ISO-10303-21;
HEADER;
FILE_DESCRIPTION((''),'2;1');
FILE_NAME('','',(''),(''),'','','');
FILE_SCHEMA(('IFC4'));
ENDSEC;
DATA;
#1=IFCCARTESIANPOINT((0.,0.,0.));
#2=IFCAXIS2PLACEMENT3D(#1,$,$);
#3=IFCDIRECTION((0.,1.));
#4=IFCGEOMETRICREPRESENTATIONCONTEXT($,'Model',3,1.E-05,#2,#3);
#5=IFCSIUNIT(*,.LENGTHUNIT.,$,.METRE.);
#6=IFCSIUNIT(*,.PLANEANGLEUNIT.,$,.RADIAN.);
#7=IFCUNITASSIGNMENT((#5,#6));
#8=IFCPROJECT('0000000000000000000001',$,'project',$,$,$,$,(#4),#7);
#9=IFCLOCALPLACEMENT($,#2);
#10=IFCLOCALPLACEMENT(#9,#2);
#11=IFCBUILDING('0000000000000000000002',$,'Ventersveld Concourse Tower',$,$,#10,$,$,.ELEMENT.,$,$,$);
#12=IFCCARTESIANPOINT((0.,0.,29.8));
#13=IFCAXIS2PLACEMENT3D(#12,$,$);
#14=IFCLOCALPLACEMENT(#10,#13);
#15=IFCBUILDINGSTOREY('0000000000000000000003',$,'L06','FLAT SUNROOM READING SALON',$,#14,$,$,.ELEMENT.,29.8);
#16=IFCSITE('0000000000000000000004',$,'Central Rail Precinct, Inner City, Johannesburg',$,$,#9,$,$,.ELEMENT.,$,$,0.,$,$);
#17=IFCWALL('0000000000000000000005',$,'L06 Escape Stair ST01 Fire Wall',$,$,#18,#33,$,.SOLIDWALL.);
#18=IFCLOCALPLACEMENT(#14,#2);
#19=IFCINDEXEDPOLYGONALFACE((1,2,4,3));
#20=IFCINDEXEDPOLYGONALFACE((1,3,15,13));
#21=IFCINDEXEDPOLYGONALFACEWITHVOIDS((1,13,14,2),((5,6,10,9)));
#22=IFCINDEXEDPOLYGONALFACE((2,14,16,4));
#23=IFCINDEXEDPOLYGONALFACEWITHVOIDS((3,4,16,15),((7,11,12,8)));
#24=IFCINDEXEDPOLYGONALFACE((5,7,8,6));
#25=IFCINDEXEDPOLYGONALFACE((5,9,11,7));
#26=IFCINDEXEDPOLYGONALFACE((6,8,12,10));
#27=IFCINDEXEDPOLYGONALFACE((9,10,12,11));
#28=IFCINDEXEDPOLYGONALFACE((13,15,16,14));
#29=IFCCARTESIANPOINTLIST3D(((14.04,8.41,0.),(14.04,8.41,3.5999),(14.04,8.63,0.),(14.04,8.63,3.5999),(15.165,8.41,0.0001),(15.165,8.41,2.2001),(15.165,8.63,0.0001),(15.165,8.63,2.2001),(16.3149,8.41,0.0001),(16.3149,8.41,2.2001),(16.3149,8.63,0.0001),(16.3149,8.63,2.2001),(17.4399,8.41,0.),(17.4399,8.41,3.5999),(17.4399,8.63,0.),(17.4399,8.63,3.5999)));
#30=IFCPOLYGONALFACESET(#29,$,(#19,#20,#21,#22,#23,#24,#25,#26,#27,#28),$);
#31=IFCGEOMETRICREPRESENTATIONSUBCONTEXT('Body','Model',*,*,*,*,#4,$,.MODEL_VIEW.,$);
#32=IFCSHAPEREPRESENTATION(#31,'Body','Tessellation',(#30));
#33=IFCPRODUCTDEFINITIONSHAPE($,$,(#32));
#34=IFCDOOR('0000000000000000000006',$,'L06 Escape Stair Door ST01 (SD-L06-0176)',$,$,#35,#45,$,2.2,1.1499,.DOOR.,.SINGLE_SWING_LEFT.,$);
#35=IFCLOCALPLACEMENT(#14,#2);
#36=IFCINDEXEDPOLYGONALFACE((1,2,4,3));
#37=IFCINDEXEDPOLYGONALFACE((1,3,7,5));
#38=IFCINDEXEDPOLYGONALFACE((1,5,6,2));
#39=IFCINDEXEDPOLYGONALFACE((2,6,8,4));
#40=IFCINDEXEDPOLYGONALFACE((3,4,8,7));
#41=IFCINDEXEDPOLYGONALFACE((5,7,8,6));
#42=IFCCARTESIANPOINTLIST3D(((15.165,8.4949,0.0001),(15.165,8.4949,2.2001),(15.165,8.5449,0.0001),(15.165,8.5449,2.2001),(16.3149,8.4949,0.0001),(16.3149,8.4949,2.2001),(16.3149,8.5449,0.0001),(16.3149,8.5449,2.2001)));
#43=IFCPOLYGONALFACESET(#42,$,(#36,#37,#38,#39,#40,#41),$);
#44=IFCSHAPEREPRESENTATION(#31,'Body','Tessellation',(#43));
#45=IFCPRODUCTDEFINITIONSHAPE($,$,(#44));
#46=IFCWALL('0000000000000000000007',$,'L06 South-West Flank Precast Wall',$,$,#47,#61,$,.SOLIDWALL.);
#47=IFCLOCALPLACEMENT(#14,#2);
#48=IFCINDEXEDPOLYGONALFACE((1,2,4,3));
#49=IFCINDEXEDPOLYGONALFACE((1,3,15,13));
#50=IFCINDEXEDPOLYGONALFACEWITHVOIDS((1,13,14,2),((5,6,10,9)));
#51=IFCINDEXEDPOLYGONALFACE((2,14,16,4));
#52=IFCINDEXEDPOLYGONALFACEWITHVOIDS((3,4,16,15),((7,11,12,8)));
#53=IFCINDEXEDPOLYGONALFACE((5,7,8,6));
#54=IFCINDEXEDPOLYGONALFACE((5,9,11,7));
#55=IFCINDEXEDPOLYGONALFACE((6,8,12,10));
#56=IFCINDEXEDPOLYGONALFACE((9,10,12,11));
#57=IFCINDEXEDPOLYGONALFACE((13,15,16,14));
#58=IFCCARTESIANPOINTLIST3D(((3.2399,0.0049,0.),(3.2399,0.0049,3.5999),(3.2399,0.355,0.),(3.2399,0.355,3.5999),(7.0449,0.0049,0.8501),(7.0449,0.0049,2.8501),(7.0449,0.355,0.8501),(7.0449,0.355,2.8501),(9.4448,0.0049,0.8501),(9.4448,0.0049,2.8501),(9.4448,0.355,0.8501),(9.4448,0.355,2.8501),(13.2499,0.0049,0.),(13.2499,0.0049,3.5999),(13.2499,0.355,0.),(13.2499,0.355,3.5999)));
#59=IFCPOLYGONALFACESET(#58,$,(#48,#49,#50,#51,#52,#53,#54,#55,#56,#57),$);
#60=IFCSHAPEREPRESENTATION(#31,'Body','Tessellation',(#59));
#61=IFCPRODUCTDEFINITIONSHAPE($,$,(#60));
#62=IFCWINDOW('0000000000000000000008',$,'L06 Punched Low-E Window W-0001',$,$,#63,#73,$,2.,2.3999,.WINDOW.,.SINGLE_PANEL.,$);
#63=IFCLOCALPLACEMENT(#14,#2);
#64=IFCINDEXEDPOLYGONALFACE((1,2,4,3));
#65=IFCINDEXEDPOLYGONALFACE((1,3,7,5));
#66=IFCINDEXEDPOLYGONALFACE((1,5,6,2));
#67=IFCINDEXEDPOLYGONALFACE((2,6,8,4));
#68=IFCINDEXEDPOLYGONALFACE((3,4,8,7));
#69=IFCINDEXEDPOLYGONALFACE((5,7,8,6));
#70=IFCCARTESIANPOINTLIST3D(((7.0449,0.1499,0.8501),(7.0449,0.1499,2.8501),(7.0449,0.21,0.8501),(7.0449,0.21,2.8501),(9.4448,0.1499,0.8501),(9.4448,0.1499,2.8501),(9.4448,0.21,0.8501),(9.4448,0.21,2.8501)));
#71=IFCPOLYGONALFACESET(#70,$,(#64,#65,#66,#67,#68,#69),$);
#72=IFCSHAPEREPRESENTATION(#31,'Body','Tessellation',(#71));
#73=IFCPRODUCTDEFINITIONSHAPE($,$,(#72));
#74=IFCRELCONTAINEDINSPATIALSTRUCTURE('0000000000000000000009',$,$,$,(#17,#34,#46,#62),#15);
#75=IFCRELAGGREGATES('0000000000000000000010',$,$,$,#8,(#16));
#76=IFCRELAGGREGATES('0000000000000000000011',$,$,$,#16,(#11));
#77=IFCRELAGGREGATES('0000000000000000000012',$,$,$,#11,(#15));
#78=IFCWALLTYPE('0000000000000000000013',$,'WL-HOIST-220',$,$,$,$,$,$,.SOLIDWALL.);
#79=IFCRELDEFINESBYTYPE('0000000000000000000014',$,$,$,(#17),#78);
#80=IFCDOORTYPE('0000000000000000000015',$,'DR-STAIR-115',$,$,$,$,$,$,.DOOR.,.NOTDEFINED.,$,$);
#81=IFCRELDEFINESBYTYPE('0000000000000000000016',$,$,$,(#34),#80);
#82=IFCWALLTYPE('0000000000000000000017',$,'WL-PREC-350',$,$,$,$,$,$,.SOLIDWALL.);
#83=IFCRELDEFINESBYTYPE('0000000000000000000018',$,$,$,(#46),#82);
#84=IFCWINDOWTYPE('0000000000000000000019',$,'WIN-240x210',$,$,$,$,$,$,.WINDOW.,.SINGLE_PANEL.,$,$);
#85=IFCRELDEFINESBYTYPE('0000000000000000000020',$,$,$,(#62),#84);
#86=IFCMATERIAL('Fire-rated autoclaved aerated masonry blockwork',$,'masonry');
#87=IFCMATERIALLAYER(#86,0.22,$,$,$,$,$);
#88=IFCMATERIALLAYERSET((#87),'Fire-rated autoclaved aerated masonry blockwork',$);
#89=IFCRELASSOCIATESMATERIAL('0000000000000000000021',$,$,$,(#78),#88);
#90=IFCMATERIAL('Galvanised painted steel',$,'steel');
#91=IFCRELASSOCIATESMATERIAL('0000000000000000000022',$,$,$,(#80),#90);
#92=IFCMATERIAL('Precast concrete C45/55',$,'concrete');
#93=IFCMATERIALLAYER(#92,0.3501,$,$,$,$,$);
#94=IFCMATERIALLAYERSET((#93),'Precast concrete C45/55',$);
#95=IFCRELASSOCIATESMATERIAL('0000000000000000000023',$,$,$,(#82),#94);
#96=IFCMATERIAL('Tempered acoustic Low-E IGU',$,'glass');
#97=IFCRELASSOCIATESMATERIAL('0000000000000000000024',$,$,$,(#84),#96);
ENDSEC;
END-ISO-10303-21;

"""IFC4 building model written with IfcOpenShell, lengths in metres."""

from ifc_helpers import new_model, si_unit, direction, frame, frame_2d, origin, place, context, subcontext, project, spatial, rectangle, extrude, material, layer, layer_set, type_object, element, fill, save


model = new_model("IFC4")

# Units and contexts
model_context = context("Model", 3, precision=1e-05, world=origin(), true_north=direction((0.0, 1.0)))
body_context = subcontext(model_context, "Body", "Model", "MODEL_VIEW")
ifc_project = project(units=[si_unit("LENGTHUNIT", "METRE"), si_unit("PLANEANGLEUNIT", "RADIAN")], contexts=[model_context])

# Site, building, storey
site_placement = place(None, origin())
site = spatial("IfcSite", under=ifc_project, at=site_placement, Name="Central Rail Precinct, Inner City, Johannesburg", CompositionType="ELEMENT", RefElevation=0.0)
building_placement = place(site_placement, origin())
building = spatial("IfcBuilding", under=site, at=building_placement, Name="Ventersveld Concourse Tower", CompositionType="ELEMENT")
storey_placement = place(building_placement, frame((0.0, 0.0, 29.8)))
storey = spatial("IfcBuildingStorey", under=building, at=storey_placement, Name="L06", Description="FLAT SUNROOM READING SALON", CompositionType="ELEMENT", Elevation=29.8)

# Shared definitions
ifc_material_1 = material(Name="Fire-rated autoclaved aerated masonry blockwork", Category="masonry")

# Wall, opening, door
ifc_layer_1 = layer(ifc_material_1, 0.22)
ifc_layer_set_1 = layer_set([ifc_layer_1], Name="Fire-rated autoclaved aerated masonry blockwork")
wall_type_1 = type_object("IfcWallType", Name="WL-HOIST-220", PredefinedType="SOLIDWALL", material=ifc_layer_set_1)
wall_1_placement = place(storey_placement, frame((14.04, 8.52, 0.0), z_axis=(0.0, 0.0, 1.0), x_axis=(1.0, 0.0, 0.0)))
wall_1 = element("IfcWall", 1, at=wall_1_placement, inside=storey, type_object=wall_type_1, Name="L06 Escape Stair ST01 Fire Wall", PredefinedType="SOLIDWALL", context=body_context, shape_type="SweptSolid", body=[
    extrude(rectangle(XDim=3.3999, YDim=0.22, at=frame_2d((1.7, 0.0))), origin(), (0.0, 0.0, 1.0), 3.5999),
])
opening_1_placement = place(wall_1_placement, frame((1.125, 0.0, 0.0)))
opening_1 = element("IfcOpeningElement", 2, at=opening_1_placement, cuts=wall_1, PredefinedType="OPENING", context=body_context, shape_type="SweptSolid", body=[
    extrude(rectangle(XDim=1.1499, YDim=2.2, at=frame_2d((0.575, 1.1001))), frame((0.0, 0.1201, 0.0), z_axis=(0.0, -1.0, 0.0), x_axis=(1.0, 0.0, 0.0)), (0.0, 0.0, 1.0), 0.24),
])
ifc_material_2 = material(Name="Galvanised painted steel", Category="steel")
door_type_1 = type_object("IfcDoorType", Name="DR-STAIR-115", OperationType="NOTDEFINED", PredefinedType="DOOR", material=ifc_material_2)
door_1_placement = place(opening_1_placement, origin())
door_1 = element("IfcDoor", 3, at=door_1_placement, inside=storey, type_object=door_type_1, Name="L06 Escape Stair Door ST01 (SD-L06-0176)", OperationType="SINGLE_SWING_LEFT", OverallHeight=2.2, OverallWidth=1.1499, PredefinedType="DOOR", context=body_context, shape_type="SweptSolid", body=[
    extrude(rectangle(XDim=1.1499, YDim=2.2, at=frame_2d((0.575, 1.1001))), frame((0.0, 0.0249, 0.0), z_axis=(0.0, -1.0, 0.0), x_axis=(1.0, 0.0, 0.0)), (0.0, 0.0, 1.0), 0.05),
])
fill(opening_1, door_1)

# Wall, opening, window
ifc_material_3 = material(Name="Precast concrete C45/55", Category="concrete")
ifc_layer_2 = layer(ifc_material_3, 0.3501)
ifc_layer_set_2 = layer_set([ifc_layer_2], Name="Precast concrete C45/55")
wall_type_2 = type_object("IfcWallType", Name="WL-PREC-350", PredefinedType="SOLIDWALL", material=ifc_layer_set_2)
wall_2_placement = place(storey_placement, frame((3.24, 0.1799, 0.0), z_axis=(0.0, 0.0, 1.0), x_axis=(1.0, 0.0, 0.0)))
wall_2 = element("IfcWall", 4, at=wall_2_placement, inside=storey, type_object=wall_type_2, Name="L06 South-West Flank Precast Wall", PredefinedType="SOLIDWALL", context=body_context, shape_type="SweptSolid", body=[
    extrude(rectangle(XDim=10.01, YDim=0.3501, at=frame_2d((5.0049, 0.0))), origin(), (0.0, 0.0, 1.0), 3.5999),
])
opening_2_placement = place(wall_2_placement, frame((3.8049, 0.0, 0.8501)))
opening_2 = element("IfcOpeningElement", 5, at=opening_2_placement, cuts=wall_2, PredefinedType="OPENING", context=body_context, shape_type="SweptSolid", body=[
    extrude(rectangle(XDim=2.3999, YDim=2.0, at=frame_2d((1.2, 1.0))), frame((0.0, 0.1851, 0.0), z_axis=(0.0, -1.0, 0.0), x_axis=(1.0, 0.0, 0.0)), (0.0, 0.0, 1.0), 0.3701),
])
ifc_material_4 = material(Name="Tempered acoustic Low-E IGU", Category="glass")
window_type = type_object("IfcWindowType", Name="WIN-240x210", PartitioningType="SINGLE_PANEL", PredefinedType="WINDOW", material=ifc_material_4)
window_placement = place(opening_2_placement, origin())
window = element("IfcWindow", 6, at=window_placement, inside=storey, type_object=window_type, Name="L06 Punched Low-E Window W-0001", OverallHeight=2.0, OverallWidth=2.3999, PartitioningType="SINGLE_PANEL", PredefinedType="WINDOW", context=body_context, shape_type="SweptSolid", body=[
    extrude(rectangle(XDim=2.3999, YDim=2.0, at=frame_2d((1.2, 1.0))), frame((0.0, 0.03, 0.0), z_axis=(0.0, -1.0, 0.0), x_axis=(1.0, 0.0, 0.0)), (0.0, 0.0, 1.0), 0.0601),
])
fill(opening_2, window)

save(model, "model.ifc")
